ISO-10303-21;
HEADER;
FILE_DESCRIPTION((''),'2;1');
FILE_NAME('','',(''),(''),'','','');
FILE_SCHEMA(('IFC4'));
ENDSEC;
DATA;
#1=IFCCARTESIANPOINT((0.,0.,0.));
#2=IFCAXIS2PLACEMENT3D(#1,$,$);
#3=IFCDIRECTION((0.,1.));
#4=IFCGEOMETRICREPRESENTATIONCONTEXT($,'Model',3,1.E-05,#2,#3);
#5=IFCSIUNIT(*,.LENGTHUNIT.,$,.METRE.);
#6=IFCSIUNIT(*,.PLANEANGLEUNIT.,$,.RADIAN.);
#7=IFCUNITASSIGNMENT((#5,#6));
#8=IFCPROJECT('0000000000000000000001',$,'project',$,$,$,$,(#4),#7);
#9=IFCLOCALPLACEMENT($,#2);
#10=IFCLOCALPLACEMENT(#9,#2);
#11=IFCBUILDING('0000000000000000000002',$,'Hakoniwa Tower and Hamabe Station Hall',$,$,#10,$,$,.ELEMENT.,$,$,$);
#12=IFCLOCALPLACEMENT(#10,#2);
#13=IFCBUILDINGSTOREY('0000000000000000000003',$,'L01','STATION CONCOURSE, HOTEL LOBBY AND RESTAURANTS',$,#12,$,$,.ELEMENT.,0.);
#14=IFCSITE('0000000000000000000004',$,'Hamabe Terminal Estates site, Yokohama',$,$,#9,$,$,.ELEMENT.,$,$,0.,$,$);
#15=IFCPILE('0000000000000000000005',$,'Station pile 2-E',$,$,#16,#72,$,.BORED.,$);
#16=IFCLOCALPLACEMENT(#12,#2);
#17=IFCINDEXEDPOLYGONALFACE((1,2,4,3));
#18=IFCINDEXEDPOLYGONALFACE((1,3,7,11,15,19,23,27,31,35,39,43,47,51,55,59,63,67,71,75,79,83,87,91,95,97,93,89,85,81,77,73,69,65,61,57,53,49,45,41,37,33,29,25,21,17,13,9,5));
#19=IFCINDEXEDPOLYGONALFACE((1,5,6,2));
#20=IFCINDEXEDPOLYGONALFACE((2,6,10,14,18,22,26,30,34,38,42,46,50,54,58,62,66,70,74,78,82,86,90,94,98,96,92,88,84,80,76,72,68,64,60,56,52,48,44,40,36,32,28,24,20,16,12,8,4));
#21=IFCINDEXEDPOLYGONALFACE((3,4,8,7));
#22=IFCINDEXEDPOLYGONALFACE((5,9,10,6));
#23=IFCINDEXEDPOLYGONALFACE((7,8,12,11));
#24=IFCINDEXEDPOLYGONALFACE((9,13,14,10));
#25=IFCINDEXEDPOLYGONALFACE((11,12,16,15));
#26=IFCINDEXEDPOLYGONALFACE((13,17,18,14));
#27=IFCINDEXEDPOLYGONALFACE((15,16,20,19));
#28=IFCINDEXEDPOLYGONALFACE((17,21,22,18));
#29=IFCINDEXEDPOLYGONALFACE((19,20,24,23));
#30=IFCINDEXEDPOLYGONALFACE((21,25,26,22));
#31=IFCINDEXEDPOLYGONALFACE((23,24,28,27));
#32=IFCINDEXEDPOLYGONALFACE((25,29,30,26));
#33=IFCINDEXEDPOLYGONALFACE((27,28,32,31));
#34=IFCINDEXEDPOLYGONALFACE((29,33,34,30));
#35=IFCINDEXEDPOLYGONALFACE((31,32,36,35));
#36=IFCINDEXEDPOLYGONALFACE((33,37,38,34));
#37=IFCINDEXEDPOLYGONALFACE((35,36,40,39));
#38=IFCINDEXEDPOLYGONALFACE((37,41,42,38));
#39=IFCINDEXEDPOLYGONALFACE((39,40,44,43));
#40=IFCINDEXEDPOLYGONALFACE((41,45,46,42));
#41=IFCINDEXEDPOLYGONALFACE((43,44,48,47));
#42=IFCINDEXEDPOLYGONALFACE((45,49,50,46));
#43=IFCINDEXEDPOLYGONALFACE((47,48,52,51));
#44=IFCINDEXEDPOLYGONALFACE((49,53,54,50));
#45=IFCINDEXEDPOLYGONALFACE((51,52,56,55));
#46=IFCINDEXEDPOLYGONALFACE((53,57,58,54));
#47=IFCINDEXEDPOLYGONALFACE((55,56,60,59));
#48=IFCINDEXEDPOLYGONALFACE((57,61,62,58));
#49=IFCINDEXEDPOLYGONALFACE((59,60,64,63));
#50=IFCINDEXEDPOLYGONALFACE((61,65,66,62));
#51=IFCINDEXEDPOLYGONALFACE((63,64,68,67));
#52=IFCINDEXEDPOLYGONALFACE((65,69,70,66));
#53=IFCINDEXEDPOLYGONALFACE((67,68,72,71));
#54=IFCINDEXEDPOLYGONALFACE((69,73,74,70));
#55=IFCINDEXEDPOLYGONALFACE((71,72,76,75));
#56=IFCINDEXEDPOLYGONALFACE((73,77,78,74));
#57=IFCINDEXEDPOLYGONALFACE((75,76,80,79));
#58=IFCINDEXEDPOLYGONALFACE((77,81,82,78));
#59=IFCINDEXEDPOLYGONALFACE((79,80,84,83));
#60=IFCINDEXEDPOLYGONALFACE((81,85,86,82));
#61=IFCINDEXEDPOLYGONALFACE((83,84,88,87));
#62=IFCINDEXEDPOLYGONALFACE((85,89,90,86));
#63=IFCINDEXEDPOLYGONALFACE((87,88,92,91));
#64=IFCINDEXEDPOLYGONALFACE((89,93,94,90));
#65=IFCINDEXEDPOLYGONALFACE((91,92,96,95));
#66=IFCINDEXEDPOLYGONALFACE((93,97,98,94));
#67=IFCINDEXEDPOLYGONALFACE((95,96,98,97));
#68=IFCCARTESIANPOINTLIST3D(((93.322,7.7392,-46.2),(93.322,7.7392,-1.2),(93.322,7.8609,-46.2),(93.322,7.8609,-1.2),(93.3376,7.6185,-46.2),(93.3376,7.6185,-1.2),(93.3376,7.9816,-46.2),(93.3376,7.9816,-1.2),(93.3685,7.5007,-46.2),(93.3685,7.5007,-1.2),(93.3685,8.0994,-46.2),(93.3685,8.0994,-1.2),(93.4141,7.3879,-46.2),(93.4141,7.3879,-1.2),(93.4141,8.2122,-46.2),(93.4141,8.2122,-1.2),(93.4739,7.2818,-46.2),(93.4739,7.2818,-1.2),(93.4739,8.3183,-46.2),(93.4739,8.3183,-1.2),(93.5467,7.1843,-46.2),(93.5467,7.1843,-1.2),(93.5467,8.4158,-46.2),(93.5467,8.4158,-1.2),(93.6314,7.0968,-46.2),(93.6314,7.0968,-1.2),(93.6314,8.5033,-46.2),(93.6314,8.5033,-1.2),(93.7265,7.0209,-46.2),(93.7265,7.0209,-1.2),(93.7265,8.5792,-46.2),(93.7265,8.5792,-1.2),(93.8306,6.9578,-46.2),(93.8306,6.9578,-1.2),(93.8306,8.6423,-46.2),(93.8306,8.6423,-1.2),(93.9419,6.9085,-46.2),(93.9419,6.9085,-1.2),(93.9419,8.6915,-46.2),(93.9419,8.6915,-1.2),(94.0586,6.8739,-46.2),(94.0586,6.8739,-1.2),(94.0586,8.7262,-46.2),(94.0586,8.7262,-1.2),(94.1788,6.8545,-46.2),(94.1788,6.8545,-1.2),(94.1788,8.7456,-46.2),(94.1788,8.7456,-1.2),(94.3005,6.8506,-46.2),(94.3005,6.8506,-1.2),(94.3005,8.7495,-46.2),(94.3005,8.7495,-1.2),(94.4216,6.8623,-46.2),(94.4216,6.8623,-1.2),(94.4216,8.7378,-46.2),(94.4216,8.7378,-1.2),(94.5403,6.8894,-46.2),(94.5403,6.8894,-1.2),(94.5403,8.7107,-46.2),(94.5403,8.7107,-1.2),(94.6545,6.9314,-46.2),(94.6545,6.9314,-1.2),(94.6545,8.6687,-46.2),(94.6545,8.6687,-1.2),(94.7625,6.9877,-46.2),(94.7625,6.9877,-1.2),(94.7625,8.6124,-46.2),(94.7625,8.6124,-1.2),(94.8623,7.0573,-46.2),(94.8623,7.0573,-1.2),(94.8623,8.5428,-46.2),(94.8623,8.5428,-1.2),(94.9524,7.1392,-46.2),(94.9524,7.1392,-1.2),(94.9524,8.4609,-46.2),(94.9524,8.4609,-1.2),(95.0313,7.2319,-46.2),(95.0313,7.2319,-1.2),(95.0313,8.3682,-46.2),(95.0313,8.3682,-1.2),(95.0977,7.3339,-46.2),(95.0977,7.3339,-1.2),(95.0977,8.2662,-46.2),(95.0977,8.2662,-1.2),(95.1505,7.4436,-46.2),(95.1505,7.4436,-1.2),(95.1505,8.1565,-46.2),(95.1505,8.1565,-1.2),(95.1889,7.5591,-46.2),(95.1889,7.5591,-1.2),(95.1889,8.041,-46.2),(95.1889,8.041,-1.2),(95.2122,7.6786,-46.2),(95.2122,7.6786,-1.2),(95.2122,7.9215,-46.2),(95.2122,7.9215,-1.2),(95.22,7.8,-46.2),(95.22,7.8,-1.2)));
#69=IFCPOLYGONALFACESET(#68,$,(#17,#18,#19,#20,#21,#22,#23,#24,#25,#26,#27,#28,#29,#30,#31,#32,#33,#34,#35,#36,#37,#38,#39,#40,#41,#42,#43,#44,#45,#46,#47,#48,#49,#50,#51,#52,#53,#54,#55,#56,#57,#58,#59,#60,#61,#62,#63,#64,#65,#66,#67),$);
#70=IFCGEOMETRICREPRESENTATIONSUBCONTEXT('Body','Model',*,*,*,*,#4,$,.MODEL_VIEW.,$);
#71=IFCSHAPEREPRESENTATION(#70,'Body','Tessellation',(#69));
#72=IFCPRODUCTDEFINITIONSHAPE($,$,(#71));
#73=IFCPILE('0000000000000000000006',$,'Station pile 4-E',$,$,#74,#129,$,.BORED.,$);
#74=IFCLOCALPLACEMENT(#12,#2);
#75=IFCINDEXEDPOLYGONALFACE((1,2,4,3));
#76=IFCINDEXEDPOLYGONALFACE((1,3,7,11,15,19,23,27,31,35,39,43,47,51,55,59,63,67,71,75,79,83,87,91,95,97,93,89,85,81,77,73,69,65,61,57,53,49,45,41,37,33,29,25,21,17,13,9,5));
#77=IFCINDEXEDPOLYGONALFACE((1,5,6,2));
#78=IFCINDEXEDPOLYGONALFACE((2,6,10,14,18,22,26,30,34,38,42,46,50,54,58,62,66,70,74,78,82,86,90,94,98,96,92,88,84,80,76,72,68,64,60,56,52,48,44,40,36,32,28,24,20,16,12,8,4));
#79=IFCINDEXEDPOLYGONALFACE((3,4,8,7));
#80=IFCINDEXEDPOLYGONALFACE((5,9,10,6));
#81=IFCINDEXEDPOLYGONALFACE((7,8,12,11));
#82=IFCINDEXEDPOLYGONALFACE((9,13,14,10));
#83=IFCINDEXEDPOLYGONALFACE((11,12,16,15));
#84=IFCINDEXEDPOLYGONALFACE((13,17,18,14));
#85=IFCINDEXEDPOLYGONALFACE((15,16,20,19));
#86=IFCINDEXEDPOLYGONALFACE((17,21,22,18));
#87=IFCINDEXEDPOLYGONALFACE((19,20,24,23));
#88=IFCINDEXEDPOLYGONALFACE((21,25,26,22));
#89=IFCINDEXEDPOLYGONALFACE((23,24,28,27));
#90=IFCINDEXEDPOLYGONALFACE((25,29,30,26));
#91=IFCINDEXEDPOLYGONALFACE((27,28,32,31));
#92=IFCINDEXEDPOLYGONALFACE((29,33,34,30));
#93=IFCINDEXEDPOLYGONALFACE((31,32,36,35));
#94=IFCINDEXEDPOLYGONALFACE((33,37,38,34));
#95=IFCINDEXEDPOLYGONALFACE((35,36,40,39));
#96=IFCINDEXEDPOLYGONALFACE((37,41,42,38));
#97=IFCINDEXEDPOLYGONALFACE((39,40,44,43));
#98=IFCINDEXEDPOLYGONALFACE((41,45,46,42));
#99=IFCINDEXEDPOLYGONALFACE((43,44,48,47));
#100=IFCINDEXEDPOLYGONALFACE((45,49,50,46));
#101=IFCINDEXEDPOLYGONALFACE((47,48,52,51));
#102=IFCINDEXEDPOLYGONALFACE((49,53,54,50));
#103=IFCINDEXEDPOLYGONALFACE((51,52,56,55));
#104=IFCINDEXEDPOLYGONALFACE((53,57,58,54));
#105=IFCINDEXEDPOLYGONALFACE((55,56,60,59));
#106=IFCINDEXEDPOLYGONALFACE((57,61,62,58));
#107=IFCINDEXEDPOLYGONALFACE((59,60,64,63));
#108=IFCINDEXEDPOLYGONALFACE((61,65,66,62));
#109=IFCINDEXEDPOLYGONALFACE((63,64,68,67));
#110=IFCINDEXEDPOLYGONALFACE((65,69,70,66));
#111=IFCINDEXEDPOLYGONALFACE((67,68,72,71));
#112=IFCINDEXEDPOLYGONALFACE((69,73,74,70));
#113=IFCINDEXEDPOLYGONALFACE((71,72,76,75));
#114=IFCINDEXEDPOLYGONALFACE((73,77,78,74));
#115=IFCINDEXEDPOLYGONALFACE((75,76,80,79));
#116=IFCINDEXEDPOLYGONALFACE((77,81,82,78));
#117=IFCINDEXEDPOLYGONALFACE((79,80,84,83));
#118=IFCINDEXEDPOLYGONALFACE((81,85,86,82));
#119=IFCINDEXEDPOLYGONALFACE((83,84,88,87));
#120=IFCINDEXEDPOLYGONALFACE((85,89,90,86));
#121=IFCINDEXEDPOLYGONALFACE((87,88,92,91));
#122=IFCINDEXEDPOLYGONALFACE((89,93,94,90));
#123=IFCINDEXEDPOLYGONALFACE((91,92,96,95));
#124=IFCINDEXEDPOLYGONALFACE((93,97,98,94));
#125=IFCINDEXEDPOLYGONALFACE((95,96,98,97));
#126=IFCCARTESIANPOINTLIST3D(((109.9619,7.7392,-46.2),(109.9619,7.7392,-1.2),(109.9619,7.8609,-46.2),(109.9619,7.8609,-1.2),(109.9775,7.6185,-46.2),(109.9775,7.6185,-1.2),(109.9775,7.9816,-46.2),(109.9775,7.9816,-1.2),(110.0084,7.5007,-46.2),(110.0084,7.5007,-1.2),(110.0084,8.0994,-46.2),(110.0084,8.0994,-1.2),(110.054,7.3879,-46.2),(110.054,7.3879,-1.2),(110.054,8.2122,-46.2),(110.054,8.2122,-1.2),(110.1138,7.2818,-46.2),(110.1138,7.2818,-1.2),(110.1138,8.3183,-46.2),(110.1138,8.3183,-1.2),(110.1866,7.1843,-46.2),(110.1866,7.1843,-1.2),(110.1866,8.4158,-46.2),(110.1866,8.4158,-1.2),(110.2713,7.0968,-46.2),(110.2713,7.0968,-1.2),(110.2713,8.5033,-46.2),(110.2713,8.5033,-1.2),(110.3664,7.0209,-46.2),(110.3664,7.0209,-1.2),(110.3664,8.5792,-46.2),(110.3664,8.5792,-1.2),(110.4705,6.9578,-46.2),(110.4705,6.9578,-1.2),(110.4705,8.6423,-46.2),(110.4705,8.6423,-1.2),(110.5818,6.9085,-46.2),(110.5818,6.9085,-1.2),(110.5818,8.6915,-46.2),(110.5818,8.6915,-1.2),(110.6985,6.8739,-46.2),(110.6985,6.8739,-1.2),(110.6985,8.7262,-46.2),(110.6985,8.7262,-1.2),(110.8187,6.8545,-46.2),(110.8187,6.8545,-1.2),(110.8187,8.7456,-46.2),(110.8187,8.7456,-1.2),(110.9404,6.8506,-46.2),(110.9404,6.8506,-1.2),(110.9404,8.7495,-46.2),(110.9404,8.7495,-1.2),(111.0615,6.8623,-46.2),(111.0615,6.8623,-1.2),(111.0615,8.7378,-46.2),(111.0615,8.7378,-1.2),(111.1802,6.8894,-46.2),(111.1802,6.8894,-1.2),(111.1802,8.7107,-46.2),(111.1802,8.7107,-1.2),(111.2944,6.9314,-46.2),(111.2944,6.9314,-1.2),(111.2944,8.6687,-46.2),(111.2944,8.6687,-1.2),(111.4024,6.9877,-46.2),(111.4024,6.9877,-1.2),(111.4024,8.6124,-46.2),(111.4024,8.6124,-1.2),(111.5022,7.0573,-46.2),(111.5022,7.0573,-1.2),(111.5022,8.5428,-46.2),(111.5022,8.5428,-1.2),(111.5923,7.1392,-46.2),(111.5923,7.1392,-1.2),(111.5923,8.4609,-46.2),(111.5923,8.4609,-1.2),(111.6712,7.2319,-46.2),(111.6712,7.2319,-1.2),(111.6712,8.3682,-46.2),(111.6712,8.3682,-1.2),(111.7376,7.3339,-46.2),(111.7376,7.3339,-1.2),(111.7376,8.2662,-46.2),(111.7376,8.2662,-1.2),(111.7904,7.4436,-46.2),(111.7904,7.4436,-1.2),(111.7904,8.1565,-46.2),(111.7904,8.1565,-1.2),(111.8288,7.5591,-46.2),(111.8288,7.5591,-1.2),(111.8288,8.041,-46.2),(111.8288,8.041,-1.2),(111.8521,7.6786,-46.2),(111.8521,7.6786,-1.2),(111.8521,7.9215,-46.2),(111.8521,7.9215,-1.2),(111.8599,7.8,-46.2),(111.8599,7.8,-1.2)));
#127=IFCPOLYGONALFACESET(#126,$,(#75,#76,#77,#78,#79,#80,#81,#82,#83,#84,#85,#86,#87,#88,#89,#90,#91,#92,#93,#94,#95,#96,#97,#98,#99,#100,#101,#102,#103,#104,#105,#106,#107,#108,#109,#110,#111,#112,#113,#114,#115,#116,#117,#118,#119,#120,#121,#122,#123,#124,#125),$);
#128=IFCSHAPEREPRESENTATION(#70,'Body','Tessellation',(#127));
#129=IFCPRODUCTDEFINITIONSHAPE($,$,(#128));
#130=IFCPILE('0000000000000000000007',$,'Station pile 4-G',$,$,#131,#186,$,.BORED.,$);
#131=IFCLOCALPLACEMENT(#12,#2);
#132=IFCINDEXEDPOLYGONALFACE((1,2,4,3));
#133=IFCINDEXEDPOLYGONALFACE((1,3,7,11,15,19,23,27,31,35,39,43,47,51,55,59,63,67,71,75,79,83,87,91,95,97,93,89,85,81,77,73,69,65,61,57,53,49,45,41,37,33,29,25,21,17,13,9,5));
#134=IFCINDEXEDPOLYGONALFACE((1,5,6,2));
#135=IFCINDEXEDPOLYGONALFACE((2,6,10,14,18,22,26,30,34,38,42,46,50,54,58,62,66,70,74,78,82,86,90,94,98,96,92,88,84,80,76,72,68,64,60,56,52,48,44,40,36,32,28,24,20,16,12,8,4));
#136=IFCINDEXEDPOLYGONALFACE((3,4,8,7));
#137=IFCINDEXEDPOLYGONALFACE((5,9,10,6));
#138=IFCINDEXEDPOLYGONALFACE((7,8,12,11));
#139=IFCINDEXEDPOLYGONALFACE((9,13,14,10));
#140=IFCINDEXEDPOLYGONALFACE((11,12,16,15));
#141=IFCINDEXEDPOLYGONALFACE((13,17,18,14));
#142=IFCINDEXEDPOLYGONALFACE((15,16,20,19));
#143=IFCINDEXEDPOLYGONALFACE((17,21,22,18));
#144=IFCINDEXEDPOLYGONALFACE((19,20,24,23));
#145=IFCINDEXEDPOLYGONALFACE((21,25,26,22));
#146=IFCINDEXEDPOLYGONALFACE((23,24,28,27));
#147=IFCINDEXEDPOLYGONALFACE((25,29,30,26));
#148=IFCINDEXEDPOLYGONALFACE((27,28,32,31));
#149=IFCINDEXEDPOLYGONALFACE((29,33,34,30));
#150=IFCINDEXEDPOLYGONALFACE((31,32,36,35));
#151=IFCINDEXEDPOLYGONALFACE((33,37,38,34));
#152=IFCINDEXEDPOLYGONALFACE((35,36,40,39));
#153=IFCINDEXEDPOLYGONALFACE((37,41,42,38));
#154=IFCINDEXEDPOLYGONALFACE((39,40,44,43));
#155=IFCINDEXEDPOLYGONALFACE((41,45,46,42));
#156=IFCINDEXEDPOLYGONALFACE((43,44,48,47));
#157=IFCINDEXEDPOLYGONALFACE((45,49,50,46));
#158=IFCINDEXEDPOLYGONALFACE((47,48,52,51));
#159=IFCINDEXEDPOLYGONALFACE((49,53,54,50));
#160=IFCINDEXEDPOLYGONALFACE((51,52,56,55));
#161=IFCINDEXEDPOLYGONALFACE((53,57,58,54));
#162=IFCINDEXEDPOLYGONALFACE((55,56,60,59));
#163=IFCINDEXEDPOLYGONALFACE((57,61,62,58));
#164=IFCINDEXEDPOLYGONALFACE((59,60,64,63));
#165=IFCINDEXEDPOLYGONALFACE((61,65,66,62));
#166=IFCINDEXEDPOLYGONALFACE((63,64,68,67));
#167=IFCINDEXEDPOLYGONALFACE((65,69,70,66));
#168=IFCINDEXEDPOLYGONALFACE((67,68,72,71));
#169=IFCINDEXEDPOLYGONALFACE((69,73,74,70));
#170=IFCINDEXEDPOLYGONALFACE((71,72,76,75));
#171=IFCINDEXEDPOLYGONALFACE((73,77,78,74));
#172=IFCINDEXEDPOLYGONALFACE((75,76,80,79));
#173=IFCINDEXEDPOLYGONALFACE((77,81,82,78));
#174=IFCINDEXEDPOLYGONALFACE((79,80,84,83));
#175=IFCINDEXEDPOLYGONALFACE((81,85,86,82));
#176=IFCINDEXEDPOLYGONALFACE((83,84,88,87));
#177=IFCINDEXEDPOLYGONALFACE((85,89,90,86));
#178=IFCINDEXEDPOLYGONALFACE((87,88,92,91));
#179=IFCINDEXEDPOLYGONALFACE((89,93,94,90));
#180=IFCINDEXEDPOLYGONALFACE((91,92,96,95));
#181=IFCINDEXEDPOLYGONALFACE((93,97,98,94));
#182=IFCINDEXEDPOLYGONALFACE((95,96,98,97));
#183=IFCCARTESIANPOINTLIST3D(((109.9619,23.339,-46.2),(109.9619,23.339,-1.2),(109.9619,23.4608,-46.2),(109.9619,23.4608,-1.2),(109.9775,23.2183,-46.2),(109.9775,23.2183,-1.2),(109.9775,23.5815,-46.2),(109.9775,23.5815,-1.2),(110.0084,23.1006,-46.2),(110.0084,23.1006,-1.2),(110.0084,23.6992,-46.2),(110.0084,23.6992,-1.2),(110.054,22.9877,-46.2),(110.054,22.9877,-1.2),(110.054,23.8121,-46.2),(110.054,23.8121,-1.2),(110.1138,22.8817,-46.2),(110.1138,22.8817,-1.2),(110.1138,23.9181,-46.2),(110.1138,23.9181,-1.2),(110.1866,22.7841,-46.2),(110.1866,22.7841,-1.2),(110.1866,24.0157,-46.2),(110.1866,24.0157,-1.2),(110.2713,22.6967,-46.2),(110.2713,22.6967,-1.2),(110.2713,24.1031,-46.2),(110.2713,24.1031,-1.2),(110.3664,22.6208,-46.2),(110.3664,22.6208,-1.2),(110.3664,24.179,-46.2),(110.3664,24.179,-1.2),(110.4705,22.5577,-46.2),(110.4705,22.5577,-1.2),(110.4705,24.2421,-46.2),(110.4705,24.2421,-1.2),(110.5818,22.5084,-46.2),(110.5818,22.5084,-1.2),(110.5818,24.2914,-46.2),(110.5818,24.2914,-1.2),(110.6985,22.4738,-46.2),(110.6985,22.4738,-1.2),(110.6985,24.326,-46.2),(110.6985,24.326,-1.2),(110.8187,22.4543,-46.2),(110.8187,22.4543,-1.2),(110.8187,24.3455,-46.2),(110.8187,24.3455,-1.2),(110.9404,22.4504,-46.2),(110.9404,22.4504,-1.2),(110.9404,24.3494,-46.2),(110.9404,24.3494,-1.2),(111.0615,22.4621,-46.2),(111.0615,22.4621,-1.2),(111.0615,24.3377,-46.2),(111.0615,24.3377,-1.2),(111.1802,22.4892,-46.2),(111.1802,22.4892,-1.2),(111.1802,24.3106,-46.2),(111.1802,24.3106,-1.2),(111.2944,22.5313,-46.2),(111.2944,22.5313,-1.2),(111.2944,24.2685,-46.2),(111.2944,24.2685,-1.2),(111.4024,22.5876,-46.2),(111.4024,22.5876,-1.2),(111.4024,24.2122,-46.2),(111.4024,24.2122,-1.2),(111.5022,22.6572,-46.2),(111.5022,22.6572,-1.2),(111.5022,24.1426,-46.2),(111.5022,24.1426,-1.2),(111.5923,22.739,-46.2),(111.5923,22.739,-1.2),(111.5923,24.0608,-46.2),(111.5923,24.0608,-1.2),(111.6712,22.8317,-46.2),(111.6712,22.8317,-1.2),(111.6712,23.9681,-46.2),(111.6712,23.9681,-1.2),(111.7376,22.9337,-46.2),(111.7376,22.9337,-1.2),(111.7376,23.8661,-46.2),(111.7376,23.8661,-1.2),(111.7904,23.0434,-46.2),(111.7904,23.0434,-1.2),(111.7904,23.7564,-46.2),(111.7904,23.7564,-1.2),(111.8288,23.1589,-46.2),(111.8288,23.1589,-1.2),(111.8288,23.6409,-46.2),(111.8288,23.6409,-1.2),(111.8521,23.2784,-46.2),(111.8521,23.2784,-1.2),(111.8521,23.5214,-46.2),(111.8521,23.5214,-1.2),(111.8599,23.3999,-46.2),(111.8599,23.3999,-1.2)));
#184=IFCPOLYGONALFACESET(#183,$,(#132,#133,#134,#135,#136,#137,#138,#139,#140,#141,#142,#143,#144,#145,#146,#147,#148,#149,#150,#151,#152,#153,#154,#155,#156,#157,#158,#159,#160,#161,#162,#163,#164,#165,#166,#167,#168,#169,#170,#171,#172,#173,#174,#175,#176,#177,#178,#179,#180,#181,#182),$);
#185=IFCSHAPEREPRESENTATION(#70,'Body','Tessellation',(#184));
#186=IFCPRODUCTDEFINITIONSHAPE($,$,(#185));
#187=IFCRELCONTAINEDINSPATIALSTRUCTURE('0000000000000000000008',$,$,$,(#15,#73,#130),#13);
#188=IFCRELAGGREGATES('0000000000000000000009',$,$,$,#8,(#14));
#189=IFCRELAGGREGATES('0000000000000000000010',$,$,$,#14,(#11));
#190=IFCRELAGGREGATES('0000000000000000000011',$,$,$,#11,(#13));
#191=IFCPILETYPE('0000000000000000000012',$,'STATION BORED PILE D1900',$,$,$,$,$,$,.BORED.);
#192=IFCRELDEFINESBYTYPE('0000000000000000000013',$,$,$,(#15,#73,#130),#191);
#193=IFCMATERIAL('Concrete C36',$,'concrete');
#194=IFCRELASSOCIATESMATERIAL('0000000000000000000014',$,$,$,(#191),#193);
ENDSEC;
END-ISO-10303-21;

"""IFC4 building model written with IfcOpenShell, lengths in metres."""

from ifc_helpers import new_model, si_unit, direction, frame, origin, origin_2d, place, context, subcontext, project, spatial, circle, extrude, material, material_profile, profile_set, type_object, element, save


model = new_model("IFC4")

# Units and contexts
model_context = context("Model", 3, precision=1e-05, world=origin(), true_north=direction((0.0, 1.0)))
body_context = subcontext(model_context, "Body", "Model", "MODEL_VIEW")
ifc_project = project(units=[si_unit("LENGTHUNIT", "METRE"), si_unit("PLANEANGLEUNIT", "RADIAN")], contexts=[model_context])

# Site, building, storey
site_placement = place(None, origin())
site = spatial("IfcSite", under=ifc_project, at=site_placement, Name="Hamabe Terminal Estates site, Yokohama", CompositionType="ELEMENT", RefElevation=0.0)
building_placement = place(site_placement, origin())
building = spatial("IfcBuilding", under=site, at=building_placement, Name="Hakoniwa Tower and Hamabe Station Hall", CompositionType="ELEMENT")
storey_placement = place(building_placement, origin())
storey = spatial("IfcBuildingStorey", under=building, at=storey_placement, Name="L01", Description="STATION CONCOURSE, HOTEL LOBBY AND RESTAURANTS", CompositionType="ELEMENT", Elevation=0.0)

# Piles
ifc_material_1 = material(Name="Concrete C36", Category="concrete")
ifc_material_profile_1 = material_profile(ifc_material_1, circle(Radius=0.95, at=origin_2d()), Name="STATION BORED PILE D1900")
ifc_profile_set_1 = profile_set([ifc_material_profile_1], Name="Concrete C36")
pile_type = type_object("IfcPileType", Name="STATION BORED PILE D1900", PredefinedType="BORED", material=ifc_profile_set_1)
for number, where, z_axis, x_axis, name in (
    (1, (94.27, 7.8, -1.2), (0.0, 0.0, -1.0), (1.0, 0.0, 0.0), "Station pile 2-E"),
    (2, (110.9099, 7.8, -1.2), (0.0, 0.0, -1.0), (1.0, 0.0, 0.0), "Station pile 4-E"),
    (3, (110.9099, 23.3999, -1.2), (0.0, 0.0, -1.0), (1.0, 0.0, 0.0), "Station pile 4-G"),
):
    element("IfcPile", number, at=place(storey_placement, frame(where, z_axis=z_axis, x_axis=x_axis)), inside=storey, type_object=pile_type, Name=name, PredefinedType="BORED", context=body_context, shape_type="SweptSolid", body=[
        extrude(circle(Radius=0.95, at=origin_2d()), origin(), (0.0, 0.0, 1.0), 45.0),
    ])

save(model, "model.ifc")
